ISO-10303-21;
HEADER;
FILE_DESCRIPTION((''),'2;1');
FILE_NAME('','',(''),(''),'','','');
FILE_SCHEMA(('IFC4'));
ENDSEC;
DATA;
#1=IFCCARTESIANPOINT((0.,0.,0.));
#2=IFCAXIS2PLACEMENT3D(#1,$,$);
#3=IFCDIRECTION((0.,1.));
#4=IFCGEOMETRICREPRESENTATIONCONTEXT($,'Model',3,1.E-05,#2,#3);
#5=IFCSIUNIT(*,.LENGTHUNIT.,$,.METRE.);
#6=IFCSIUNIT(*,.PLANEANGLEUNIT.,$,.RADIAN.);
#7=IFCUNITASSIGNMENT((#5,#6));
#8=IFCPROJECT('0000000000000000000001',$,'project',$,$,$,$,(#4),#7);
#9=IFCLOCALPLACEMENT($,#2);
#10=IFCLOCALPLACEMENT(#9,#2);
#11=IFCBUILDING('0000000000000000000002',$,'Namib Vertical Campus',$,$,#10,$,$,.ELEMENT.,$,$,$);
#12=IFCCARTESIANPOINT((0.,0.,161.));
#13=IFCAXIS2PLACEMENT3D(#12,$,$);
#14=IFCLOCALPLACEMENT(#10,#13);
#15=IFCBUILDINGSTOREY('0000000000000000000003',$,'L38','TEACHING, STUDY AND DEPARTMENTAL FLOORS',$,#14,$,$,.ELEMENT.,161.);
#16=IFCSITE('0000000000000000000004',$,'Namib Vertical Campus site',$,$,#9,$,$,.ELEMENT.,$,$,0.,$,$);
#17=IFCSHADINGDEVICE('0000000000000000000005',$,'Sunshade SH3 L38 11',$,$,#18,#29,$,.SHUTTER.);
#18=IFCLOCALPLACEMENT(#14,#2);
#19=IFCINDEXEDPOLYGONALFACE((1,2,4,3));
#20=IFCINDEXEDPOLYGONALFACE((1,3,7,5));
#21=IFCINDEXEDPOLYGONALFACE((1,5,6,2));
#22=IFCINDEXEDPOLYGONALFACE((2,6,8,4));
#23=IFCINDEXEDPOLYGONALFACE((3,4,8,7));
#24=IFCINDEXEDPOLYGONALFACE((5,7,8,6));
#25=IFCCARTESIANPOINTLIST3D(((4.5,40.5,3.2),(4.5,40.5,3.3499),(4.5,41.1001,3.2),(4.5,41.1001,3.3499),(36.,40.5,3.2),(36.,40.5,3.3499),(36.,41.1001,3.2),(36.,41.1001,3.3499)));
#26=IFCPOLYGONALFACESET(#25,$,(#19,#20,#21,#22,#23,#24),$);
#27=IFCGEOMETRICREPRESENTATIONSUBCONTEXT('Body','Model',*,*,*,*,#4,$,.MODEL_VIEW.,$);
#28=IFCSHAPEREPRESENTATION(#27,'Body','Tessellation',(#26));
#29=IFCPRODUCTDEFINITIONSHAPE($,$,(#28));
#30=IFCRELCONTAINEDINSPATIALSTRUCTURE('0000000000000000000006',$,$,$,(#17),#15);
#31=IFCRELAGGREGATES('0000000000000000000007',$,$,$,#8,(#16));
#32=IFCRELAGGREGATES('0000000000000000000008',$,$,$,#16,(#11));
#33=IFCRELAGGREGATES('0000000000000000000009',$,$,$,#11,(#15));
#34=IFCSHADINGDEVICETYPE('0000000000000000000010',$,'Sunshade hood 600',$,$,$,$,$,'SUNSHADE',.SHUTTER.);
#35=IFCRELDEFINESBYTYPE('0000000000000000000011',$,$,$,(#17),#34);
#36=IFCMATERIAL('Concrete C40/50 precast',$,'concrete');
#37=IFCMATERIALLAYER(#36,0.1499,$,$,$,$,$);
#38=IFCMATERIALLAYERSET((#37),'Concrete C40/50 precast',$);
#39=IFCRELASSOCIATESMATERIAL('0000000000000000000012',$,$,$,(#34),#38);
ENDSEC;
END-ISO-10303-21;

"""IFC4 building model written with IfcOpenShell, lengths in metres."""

from ifc_helpers import new_model, si_unit, direction, frame, origin, origin_2d, place, context, subcontext, project, spatial, rectangle, extrude, material, layer, layer_set, type_object, element, save


model = new_model("IFC4")

# Units and contexts
model_context = context("Model", 3, precision=1e-05, world=origin(), true_north=direction((0.0, 1.0)))
body_context = subcontext(model_context, "Body", "Model", "MODEL_VIEW")
ifc_project = project(units=[si_unit("LENGTHUNIT", "METRE"), si_unit("PLANEANGLEUNIT", "RADIAN")], contexts=[model_context])

# Site, building, storey
site_placement = place(None, origin())
site = spatial("IfcSite", under=ifc_project, at=site_placement, Name="Namib Vertical Campus site", CompositionType="ELEMENT", RefElevation=0.0)
building_placement = place(site_placement, origin())
building = spatial("IfcBuilding", under=site, at=building_placement, Name="Namib Vertical Campus", CompositionType="ELEMENT")
storey_placement = place(building_placement, frame((0.0, 0.0, 161.0)))
storey = spatial("IfcBuildingStorey", under=building, at=storey_placement, Name="L38", Description="TEACHING, STUDY AND DEPARTMENTAL FLOORS", CompositionType="ELEMENT", Elevation=161.0)

# Shading device
ifc_material_1 = material(Name="Concrete C40/50 precast", Category="concrete")
ifc_layer_1 = layer(ifc_material_1, 0.1499)
ifc_layer_set_1 = layer_set([ifc_layer_1], Name="Concrete C40/50 precast")
shading_device_type = type_object("IfcShadingDeviceType", Name="Sunshade hood 600", ElementType="SUNSHADE", PredefinedType="SHUTTER", material=ifc_layer_set_1)
shading_device_placement = place(storey_placement, frame((20.25, 40.8, 3.2), z_axis=(0.0, 0.0, 1.0), x_axis=(-1.0, 0.0, 0.0)))
element("IfcShadingDevice", 1, at=shading_device_placement, inside=storey, type_object=shading_device_type, Name="Sunshade SH3 L38 11", PredefinedType="SHUTTER", context=body_context, shape_type="SweptSolid", body=[
    extrude(rectangle(XDim=31.5, YDim=0.6001, at=origin_2d()), origin(), (0.0, 0.0, 1.0), 0.1499),
])

save(model, "model.ifc")
